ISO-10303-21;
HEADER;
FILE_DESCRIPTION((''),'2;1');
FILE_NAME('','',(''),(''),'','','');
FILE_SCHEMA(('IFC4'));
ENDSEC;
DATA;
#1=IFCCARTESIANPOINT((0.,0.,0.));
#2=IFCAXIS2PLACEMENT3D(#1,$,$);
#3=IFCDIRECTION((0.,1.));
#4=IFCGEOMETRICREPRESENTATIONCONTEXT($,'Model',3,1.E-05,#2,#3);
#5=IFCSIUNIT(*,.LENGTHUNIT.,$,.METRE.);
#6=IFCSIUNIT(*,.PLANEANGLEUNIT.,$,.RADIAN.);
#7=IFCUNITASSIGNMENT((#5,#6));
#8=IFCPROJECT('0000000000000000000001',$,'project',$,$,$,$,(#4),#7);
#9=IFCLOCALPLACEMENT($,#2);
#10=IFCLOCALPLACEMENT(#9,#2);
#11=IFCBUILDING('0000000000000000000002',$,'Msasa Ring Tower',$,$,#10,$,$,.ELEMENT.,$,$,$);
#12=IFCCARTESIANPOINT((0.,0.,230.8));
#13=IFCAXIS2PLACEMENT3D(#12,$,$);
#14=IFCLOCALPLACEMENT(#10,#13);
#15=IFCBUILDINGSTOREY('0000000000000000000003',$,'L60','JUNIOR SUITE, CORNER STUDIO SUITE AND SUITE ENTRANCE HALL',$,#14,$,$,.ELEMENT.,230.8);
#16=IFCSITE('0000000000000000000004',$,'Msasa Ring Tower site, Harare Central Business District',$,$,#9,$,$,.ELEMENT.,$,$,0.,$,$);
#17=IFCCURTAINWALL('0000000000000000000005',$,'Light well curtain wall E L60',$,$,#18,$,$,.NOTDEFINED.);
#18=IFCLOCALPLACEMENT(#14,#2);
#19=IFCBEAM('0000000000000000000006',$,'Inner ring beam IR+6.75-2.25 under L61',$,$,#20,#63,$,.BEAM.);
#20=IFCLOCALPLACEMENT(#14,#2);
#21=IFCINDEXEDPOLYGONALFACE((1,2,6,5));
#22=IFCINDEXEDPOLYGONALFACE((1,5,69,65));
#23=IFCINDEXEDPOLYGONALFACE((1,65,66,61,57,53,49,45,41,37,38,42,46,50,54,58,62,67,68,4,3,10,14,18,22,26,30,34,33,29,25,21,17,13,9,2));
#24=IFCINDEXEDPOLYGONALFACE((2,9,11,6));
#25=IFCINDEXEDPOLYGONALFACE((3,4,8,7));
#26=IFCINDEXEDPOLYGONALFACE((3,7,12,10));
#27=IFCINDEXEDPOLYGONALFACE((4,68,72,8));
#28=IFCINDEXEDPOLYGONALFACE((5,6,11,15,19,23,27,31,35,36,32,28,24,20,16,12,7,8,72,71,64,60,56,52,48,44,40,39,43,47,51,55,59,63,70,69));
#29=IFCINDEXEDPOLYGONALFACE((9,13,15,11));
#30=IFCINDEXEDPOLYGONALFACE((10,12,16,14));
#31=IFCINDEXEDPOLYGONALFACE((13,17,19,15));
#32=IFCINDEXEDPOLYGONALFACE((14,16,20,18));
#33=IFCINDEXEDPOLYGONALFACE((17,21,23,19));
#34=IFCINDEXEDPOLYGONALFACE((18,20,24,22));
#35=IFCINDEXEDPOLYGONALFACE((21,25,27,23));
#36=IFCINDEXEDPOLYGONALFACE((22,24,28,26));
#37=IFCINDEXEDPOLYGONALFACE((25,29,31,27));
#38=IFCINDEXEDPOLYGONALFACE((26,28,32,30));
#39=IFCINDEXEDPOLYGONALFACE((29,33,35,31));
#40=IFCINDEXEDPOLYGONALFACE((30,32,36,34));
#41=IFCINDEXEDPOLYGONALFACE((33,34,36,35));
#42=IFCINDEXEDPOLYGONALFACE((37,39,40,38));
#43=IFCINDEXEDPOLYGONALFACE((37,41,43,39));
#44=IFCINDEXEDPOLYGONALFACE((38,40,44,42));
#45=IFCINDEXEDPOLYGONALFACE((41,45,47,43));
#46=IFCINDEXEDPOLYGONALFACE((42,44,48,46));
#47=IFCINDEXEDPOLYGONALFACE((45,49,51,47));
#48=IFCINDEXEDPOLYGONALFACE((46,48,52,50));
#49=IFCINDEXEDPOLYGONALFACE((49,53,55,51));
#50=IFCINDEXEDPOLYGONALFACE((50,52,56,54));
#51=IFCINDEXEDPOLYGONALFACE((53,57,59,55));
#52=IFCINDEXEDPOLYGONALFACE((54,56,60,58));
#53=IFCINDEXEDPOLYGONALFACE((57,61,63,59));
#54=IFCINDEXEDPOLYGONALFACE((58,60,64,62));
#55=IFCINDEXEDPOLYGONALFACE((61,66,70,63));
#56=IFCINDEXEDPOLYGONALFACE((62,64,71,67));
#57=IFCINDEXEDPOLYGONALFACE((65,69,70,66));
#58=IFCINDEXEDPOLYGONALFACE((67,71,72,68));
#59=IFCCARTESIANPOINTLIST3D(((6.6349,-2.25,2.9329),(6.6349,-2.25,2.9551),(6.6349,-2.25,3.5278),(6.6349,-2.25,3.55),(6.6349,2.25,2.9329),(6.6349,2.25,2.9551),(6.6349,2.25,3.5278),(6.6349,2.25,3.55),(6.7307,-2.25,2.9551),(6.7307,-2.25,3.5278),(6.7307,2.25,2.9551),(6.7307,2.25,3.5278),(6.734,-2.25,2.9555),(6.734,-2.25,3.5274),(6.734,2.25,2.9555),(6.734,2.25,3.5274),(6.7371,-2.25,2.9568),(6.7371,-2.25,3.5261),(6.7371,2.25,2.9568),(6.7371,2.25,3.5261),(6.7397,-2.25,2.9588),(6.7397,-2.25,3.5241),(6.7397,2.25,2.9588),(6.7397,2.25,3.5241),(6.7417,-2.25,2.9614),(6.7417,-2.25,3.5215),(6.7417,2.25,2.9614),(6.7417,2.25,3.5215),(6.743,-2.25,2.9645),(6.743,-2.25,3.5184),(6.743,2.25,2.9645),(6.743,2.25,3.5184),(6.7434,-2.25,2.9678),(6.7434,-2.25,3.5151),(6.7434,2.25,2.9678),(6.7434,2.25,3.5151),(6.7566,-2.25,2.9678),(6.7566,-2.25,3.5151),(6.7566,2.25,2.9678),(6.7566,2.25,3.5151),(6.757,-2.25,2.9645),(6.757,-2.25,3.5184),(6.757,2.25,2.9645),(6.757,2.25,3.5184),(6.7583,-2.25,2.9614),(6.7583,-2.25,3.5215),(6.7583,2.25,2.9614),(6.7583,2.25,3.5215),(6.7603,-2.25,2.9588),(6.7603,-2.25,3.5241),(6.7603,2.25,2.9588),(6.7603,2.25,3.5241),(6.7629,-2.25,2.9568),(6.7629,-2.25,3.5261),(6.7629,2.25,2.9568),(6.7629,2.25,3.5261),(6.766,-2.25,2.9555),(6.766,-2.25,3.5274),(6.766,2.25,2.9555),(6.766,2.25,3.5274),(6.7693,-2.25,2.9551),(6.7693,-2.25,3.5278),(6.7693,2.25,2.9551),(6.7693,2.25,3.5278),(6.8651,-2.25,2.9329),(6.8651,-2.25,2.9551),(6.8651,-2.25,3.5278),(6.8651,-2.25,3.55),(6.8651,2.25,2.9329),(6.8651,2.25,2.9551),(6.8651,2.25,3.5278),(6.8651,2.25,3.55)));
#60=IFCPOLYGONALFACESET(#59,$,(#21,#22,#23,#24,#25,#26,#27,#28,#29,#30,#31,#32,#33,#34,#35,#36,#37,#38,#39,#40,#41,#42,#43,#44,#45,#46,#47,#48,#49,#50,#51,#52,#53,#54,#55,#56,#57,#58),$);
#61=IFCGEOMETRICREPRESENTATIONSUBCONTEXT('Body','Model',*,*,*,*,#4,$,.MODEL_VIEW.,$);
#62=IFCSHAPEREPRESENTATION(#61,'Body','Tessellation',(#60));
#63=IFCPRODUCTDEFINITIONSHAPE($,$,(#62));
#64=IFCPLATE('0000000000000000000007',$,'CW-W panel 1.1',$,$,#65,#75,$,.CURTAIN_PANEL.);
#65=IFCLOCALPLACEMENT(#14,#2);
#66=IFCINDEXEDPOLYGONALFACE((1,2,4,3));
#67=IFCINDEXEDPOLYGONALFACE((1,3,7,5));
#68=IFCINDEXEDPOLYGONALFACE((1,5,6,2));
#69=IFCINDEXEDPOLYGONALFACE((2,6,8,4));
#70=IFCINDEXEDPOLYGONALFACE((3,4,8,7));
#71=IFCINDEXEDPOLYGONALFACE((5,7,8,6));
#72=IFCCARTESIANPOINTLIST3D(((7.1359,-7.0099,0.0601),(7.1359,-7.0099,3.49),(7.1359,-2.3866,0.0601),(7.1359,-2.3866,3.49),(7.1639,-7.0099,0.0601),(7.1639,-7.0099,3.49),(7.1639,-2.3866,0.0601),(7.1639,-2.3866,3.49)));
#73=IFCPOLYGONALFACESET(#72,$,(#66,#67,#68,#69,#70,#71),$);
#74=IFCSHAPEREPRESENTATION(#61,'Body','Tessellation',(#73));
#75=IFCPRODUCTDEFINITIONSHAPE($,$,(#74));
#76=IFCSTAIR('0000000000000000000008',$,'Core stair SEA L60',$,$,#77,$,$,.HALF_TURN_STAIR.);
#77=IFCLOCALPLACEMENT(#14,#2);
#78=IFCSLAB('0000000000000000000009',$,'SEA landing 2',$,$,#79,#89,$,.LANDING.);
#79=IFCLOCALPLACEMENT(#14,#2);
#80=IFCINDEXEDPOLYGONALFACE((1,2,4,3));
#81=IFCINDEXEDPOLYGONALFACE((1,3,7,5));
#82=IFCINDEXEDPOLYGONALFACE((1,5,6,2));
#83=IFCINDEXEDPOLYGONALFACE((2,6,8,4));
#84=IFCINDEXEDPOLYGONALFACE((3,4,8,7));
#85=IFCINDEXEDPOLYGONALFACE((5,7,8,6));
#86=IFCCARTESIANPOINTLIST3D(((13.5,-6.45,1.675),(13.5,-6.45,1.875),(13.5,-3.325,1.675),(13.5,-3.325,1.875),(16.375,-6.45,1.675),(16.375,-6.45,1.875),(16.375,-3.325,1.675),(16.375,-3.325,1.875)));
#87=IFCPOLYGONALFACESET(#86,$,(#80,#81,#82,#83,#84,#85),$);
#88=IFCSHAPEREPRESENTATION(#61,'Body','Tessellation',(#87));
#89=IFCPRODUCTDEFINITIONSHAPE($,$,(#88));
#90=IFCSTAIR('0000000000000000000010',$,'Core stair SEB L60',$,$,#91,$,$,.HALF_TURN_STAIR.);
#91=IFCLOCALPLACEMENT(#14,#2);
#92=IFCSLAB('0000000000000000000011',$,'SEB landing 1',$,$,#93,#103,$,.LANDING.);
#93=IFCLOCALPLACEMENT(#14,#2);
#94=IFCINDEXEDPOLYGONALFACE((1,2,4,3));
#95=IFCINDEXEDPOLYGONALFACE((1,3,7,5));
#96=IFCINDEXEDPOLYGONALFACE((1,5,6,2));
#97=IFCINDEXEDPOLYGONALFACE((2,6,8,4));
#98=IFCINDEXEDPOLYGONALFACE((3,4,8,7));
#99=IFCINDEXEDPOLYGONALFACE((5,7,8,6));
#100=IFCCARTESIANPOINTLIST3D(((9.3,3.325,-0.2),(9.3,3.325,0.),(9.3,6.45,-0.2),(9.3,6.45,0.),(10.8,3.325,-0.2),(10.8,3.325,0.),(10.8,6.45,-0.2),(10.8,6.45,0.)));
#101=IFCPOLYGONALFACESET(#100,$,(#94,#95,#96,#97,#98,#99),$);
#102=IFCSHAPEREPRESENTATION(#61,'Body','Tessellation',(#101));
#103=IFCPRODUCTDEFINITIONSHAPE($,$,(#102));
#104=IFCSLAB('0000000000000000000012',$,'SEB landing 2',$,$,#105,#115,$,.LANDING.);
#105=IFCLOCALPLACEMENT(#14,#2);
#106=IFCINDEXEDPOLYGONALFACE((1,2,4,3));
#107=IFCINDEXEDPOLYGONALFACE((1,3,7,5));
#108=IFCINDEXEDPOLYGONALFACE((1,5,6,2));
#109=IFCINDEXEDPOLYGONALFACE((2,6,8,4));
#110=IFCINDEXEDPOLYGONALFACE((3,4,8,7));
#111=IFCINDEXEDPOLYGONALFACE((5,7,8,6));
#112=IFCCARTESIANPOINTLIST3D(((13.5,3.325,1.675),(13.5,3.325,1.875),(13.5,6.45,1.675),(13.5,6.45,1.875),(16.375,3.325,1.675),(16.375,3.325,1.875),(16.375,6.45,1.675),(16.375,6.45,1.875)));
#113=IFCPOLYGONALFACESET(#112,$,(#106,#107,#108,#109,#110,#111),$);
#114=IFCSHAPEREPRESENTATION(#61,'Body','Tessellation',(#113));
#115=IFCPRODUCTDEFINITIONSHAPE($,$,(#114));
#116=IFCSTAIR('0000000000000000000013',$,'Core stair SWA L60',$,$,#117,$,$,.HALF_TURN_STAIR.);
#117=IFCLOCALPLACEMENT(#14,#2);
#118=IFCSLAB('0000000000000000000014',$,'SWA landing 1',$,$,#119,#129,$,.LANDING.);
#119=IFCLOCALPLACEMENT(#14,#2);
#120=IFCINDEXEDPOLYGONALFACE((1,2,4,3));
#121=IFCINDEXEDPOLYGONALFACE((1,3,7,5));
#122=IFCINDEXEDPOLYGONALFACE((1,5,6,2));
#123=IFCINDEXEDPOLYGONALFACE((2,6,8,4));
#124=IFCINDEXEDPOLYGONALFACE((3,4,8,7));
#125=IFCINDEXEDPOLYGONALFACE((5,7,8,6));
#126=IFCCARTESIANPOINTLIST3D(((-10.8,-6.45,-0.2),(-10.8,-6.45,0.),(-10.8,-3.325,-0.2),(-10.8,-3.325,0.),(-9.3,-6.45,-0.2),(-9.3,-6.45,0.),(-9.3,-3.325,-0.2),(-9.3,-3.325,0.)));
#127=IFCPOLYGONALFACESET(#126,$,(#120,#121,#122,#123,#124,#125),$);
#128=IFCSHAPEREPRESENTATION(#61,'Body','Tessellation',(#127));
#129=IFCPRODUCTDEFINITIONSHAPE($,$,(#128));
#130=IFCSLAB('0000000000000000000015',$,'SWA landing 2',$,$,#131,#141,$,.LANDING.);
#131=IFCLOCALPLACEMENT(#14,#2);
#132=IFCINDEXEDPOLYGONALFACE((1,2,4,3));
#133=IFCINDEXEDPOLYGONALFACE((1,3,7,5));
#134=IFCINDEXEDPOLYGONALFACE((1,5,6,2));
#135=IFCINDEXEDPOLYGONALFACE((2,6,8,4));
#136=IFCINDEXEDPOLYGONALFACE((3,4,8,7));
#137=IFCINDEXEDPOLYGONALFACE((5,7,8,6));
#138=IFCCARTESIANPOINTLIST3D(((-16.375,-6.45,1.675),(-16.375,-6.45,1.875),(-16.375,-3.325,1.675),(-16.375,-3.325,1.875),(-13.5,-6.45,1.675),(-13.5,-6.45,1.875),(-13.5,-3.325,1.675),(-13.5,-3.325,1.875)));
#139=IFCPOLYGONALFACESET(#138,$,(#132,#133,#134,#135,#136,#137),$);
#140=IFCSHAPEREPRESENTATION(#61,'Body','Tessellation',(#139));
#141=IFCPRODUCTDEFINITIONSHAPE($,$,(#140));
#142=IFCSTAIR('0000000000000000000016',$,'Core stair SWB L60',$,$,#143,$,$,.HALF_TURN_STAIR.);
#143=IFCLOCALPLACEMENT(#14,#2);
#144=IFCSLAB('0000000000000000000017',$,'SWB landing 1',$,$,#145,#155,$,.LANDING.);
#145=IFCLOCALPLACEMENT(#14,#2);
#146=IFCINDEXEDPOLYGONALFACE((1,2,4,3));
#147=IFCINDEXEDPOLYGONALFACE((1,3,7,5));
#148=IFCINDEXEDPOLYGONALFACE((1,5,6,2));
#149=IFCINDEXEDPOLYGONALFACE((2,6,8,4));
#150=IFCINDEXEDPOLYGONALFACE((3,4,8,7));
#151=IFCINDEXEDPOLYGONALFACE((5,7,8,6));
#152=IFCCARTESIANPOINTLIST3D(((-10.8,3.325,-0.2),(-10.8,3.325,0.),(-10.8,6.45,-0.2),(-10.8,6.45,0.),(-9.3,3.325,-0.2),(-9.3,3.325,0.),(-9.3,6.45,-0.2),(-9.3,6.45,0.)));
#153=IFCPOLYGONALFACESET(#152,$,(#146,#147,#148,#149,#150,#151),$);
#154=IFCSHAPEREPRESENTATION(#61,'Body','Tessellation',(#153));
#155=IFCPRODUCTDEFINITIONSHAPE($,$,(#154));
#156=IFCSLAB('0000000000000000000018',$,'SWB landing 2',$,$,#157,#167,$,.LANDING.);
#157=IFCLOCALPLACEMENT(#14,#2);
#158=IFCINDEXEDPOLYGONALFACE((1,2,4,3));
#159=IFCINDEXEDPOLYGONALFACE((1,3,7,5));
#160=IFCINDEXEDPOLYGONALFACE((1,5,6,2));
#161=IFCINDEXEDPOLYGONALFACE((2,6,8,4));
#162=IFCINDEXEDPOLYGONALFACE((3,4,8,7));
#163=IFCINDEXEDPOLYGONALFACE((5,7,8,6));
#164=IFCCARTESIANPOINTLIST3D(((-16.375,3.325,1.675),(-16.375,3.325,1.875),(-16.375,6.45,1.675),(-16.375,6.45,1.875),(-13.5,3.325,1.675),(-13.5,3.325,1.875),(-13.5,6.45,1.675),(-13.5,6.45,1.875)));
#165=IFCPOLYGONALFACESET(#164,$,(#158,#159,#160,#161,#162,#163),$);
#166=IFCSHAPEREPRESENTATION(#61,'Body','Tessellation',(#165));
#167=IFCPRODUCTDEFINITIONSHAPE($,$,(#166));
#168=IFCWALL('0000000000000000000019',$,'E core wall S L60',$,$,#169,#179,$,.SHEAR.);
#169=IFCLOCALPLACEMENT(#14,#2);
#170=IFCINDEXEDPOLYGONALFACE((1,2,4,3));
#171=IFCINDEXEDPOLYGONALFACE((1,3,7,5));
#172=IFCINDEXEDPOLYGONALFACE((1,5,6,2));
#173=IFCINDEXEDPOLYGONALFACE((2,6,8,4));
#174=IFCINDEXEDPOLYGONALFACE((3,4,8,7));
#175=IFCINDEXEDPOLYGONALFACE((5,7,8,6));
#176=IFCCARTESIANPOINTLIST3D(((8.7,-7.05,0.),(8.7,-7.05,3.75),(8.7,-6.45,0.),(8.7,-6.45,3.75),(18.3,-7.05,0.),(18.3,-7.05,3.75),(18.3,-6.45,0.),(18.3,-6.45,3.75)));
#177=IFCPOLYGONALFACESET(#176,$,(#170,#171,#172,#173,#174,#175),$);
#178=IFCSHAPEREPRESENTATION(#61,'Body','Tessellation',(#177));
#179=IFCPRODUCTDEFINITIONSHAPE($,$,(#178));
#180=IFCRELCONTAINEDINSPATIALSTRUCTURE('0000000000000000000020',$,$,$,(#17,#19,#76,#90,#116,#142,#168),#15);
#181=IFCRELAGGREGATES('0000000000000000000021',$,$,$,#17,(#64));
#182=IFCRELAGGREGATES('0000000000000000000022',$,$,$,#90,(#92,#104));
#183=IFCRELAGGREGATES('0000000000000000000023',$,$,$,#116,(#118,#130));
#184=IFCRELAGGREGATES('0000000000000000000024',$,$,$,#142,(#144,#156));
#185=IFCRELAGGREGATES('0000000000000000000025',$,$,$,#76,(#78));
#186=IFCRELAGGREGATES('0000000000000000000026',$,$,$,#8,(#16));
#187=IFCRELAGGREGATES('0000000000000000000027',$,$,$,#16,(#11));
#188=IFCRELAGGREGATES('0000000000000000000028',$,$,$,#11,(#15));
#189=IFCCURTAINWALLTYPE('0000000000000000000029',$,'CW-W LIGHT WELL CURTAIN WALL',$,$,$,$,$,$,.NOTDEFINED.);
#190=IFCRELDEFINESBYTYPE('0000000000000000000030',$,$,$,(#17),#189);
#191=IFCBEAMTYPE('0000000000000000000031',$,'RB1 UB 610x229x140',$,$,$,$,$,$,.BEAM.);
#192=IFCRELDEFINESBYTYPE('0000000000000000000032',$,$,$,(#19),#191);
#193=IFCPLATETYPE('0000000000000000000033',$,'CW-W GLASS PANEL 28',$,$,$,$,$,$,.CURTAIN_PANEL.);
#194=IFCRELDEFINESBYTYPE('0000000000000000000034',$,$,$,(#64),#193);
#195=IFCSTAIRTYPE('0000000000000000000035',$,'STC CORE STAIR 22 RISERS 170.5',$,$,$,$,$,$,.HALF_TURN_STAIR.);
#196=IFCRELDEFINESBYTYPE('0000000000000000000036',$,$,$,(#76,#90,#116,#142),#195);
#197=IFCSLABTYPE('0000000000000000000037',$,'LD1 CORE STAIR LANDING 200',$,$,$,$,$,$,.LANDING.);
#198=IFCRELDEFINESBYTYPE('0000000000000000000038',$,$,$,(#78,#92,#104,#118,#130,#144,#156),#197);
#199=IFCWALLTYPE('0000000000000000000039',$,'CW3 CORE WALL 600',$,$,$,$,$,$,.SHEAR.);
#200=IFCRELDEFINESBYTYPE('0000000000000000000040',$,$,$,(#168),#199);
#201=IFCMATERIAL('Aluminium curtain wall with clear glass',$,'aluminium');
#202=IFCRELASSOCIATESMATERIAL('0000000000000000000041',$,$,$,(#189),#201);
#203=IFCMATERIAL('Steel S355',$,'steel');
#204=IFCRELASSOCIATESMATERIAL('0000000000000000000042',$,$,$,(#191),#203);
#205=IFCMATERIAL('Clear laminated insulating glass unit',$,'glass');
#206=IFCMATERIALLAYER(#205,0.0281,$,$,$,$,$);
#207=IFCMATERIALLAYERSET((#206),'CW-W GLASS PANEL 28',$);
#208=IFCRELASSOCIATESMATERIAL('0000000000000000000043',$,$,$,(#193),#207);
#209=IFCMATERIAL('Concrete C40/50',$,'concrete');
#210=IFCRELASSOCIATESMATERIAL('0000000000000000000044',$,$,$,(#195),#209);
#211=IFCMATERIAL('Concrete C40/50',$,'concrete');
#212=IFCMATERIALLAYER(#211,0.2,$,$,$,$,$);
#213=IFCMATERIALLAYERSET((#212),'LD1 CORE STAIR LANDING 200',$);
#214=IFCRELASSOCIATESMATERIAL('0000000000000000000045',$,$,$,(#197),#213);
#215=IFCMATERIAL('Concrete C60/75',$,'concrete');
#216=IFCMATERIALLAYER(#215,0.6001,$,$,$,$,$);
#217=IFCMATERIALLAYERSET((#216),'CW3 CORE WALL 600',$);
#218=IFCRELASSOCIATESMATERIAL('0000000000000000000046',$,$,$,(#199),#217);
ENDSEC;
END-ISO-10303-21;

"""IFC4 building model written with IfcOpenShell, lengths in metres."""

from ifc_helpers import new_model, si_unit, direction, frame, frame_2d, origin, origin_2d, place, context, subcontext, project, spatial, polyline, rectangle, i_section, outline, extrude, material, layer, layer_set, material_profile, profile_set, type_object, element, aggregate, save


model = new_model("IFC4")

# Units and contexts
model_context = context("Model", 3, precision=1e-05, world=origin(), true_north=direction((0.0, 1.0)))
body_context = subcontext(model_context, "Body", "Model", "MODEL_VIEW")
ifc_project = project(units=[si_unit("LENGTHUNIT", "METRE"), si_unit("PLANEANGLEUNIT", "RADIAN")], contexts=[model_context])

# Site, building, storey
site_placement = place(None, origin())
site = spatial("IfcSite", under=ifc_project, at=site_placement, Name="Msasa Ring Tower site, Harare Central Business District", CompositionType="ELEMENT", RefElevation=0.0)
building_placement = place(site_placement, origin())
building = spatial("IfcBuilding", under=site, at=building_placement, Name="Msasa Ring Tower", CompositionType="ELEMENT")
storey_placement = place(building_placement, frame((0.0, 0.0, 230.8)))
storey = spatial("IfcBuildingStorey", under=building, at=storey_placement, Name="L60", Description="JUNIOR SUITE, CORNER STUDIO SUITE AND SUITE ENTRANCE HALL", CompositionType="ELEMENT", Elevation=230.8)

# Curtain wall
ifc_material_1 = material(Name="Aluminium curtain wall with clear glass", Category="aluminium")
curtain_wall_type = type_object("IfcCurtainWallType", Name="CW-W LIGHT WELL CURTAIN WALL", PredefinedType="NOTDEFINED", material=ifc_material_1)
curtain_wall_placement = place(storey_placement, origin())
curtain_wall = element("IfcCurtainWall", 1, at=curtain_wall_placement, inside=storey, type_object=curtain_wall_type, Name="Light well curtain wall E L60", PredefinedType="NOTDEFINED")

# Beam
ifc_material_2 = material(Name="Steel S355", Category="steel")
ifc_material_profile_1 = material_profile(ifc_material_2, i_section(OverallWidth=0.2302, OverallDepth=0.6172, WebThickness=0.0132, FlangeThickness=0.0222, FilletRadius=0.0127, at=origin_2d()), Name="UB 610x229x140")
ifc_profile_set_1 = profile_set([ifc_material_profile_1], Name="Steel S355")
beam_type = type_object("IfcBeamType", Name="RB1 UB 610x229x140", PredefinedType="BEAM", material=ifc_profile_set_1)
for number, where, z_axis, x_axis, name in (
    (2, (6.75, -2.25, 3.2415), (0.0, 1.0, 0.0), (-1.0, 0.0, 0.0), "Inner ring beam IR+6.75-2.25 under L61"),
):
    element("IfcBeam", number, at=place(storey_placement, frame(where, z_axis=z_axis, x_axis=x_axis)), inside=storey, type_object=beam_type, Name=name, PredefinedType="BEAM", context=body_context, shape_type="SweptSolid", body=[
        extrude(i_section(OverallWidth=0.2302, OverallDepth=0.6172, WebThickness=0.0132, FlangeThickness=0.0222, FilletRadius=0.0127, at=origin_2d()), origin(), (0.0, 0.0, 1.0), 4.5),
    ])

# Plate
ifc_material_3 = material(Name="Clear laminated insulating glass unit", Category="glass")
ifc_layer_1 = layer(ifc_material_3, 0.0281)
ifc_layer_set_1 = layer_set([ifc_layer_1], Name="CW-W GLASS PANEL 28")
plate_type = type_object("IfcPlateType", Name="CW-W GLASS PANEL 28", PredefinedType="CURTAIN_PANEL", material=ifc_layer_set_1)
plate_placement = place(storey_placement, frame((7.1499, -4.6982, 0.0601), z_axis=(0.0, 0.0, 1.0), x_axis=(0.0, 1.0, 0.0)))
plate = element("IfcPlate", 3, at=plate_placement, type_object=plate_type, Name="CW-W panel 1.1", PredefinedType="CURTAIN_PANEL", context=body_context, shape_type="SweptSolid", body=[
    extrude(rectangle(XDim=4.6233, YDim=0.0281, at=origin_2d()), origin(), (0.0, 0.0, 1.0), 3.4299),
])
aggregate(curtain_wall, [plate])

# Stair, slab
ifc_material_4 = material(Name="Concrete C40/50", Category="concrete")
stair_type = type_object("IfcStairType", Name="STC CORE STAIR 22 RISERS 170.5", PredefinedType="HALF_TURN_STAIR", material=ifc_material_4)
stair_1_placement = place(storey_placement, origin())
stair_1 = element("IfcStair", 4, at=stair_1_placement, inside=storey, type_object=stair_type, Name="Core stair SEA L60", PredefinedType="HALF_TURN_STAIR")
ifc_material_5 = material(Name="Concrete C40/50", Category="concrete")
ifc_layer_2 = layer(ifc_material_5, 0.2)
ifc_layer_set_2 = layer_set([ifc_layer_2], Name="LD1 CORE STAIR LANDING 200")
slab_type = type_object("IfcSlabType", Name="LD1 CORE STAIR LANDING 200", PredefinedType="LANDING", material=ifc_layer_set_2)
slab_1_placement = place(storey_placement, frame((0.0, 0.0, 1.675)))
slab_1 = element("IfcSlab", 5, at=slab_1_placement, type_object=slab_type, Name="SEA landing 2", PredefinedType="LANDING", context=body_context, shape_type="SweptSolid", body=[
    extrude(outline(polyline([(13.5, -6.45), (16.375, -6.45), (16.375, -3.325), (13.5, -3.325), (13.5, -6.45)])), origin(), (0.0, 0.0, 1.0), 0.2),
])

# Stairs, slabs
stair_2_placement = place(storey_placement, origin())
stair_2 = element("IfcStair", 6, at=stair_2_placement, inside=storey, type_object=stair_type, Name="Core stair SEB L60", PredefinedType="HALF_TURN_STAIR")
slab_2_placement = place(storey_placement, frame((0.0, 0.0, -0.2)))
slab_2 = element("IfcSlab", 7, at=slab_2_placement, type_object=slab_type, Name="SEB landing 1", PredefinedType="LANDING", context=body_context, shape_type="SweptSolid", body=[
    extrude(outline(polyline([(9.3, 3.325), (10.8, 3.325), (10.8, 6.45), (9.3, 6.45), (9.3, 3.325)])), origin(), (0.0, 0.0, 1.0), 0.2),
])
slab_3_placement = place(storey_placement, frame((0.0, 0.0, 1.675)))
slab_3 = element("IfcSlab", 8, at=slab_3_placement, type_object=slab_type, Name="SEB landing 2", PredefinedType="LANDING", context=body_context, shape_type="SweptSolid", body=[
    extrude(outline(polyline([(13.5, 3.325), (16.375, 3.325), (16.375, 6.45), (13.5, 6.45), (13.5, 3.325)])), origin(), (0.0, 0.0, 1.0), 0.2),
])
aggregate(stair_2, [slab_2, slab_3])
stair_3_placement = place(storey_placement, origin())
stair_3 = element("IfcStair", 9, at=stair_3_placement, inside=storey, type_object=stair_type, Name="Core stair SWA L60", PredefinedType="HALF_TURN_STAIR")
slab_4_placement = place(storey_placement, frame((0.0, 0.0, -0.2)))
slab_4 = element("IfcSlab", 10, at=slab_4_placement, type_object=slab_type, Name="SWA landing 1", PredefinedType="LANDING", context=body_context, shape_type="SweptSolid", body=[
    extrude(outline(polyline([(-10.8, -6.45), (-9.3, -6.45), (-9.3, -3.325), (-10.8, -3.325), (-10.8, -6.45)])), origin(), (0.0, 0.0, 1.0), 0.2),
])
slab_5_placement = place(storey_placement, frame((0.0, 0.0, 1.675)))
slab_5 = element("IfcSlab", 11, at=slab_5_placement, type_object=slab_type, Name="SWA landing 2", PredefinedType="LANDING", context=body_context, shape_type="SweptSolid", body=[
    extrude(outline(polyline([(-16.375, -6.45), (-13.5, -6.45), (-13.5, -3.325), (-16.375, -3.325), (-16.375, -6.45)])), origin(), (0.0, 0.0, 1.0), 0.2),
])
aggregate(stair_3, [slab_4, slab_5])
stair_4_placement = place(storey_placement, origin())
stair_4 = element("IfcStair", 12, at=stair_4_placement, inside=storey, type_object=stair_type, Name="Core stair SWB L60", PredefinedType="HALF_TURN_STAIR")
slab_6_placement = place(storey_placement, frame((0.0, 0.0, -0.2)))
slab_6 = element("IfcSlab", 13, at=slab_6_placement, type_object=slab_type, Name="SWB landing 1", PredefinedType="LANDING", context=body_context, shape_type="SweptSolid", body=[
    extrude(outline(polyline([(-10.8, 3.325), (-9.3, 3.325), (-9.3, 6.45), (-10.8, 6.45), (-10.8, 3.325)])), origin(), (0.0, 0.0, 1.0), 0.2),
])
slab_7_placement = place(storey_placement, frame((0.0, 0.0, 1.675)))
slab_7 = element("IfcSlab", 14, at=slab_7_placement, type_object=slab_type, Name="SWB landing 2", PredefinedType="LANDING", context=body_context, shape_type="SweptSolid", body=[
    extrude(outline(polyline([(-16.375, 3.325), (-13.5, 3.325), (-13.5, 6.45), (-16.375, 6.45), (-16.375, 3.325)])), origin(), (0.0, 0.0, 1.0), 0.2),
])
aggregate(stair_4, [slab_6, slab_7])

# Wall
ifc_material_6 = material(Name="Concrete C60/75", Category="concrete")
ifc_layer_3 = layer(ifc_material_6, 0.6001)
ifc_layer_set_3 = layer_set([ifc_layer_3], Name="CW3 CORE WALL 600")
wall_type_1 = type_object("IfcWallType", Name="CW3 CORE WALL 600", PredefinedType="SHEAR", material=ifc_layer_set_3)
wall_1_placement = place(storey_placement, frame((8.7, -6.75, 0.0), z_axis=(0.0, 0.0, 1.0), x_axis=(1.0, 0.0, 0.0)))
element("IfcWall", 15, at=wall_1_placement, inside=storey, type_object=wall_type_1, Name="E core wall S L60", PredefinedType="SHEAR", context=body_context, shape_type="SweptSolid", body=[
    extrude(rectangle(XDim=9.6001, YDim=0.6001, at=frame_2d((4.8, 0.0))), origin(), (0.0, 0.0, 1.0), 3.75),
])

aggregate(stair_1, [slab_1])

save(model, "model.ifc")
